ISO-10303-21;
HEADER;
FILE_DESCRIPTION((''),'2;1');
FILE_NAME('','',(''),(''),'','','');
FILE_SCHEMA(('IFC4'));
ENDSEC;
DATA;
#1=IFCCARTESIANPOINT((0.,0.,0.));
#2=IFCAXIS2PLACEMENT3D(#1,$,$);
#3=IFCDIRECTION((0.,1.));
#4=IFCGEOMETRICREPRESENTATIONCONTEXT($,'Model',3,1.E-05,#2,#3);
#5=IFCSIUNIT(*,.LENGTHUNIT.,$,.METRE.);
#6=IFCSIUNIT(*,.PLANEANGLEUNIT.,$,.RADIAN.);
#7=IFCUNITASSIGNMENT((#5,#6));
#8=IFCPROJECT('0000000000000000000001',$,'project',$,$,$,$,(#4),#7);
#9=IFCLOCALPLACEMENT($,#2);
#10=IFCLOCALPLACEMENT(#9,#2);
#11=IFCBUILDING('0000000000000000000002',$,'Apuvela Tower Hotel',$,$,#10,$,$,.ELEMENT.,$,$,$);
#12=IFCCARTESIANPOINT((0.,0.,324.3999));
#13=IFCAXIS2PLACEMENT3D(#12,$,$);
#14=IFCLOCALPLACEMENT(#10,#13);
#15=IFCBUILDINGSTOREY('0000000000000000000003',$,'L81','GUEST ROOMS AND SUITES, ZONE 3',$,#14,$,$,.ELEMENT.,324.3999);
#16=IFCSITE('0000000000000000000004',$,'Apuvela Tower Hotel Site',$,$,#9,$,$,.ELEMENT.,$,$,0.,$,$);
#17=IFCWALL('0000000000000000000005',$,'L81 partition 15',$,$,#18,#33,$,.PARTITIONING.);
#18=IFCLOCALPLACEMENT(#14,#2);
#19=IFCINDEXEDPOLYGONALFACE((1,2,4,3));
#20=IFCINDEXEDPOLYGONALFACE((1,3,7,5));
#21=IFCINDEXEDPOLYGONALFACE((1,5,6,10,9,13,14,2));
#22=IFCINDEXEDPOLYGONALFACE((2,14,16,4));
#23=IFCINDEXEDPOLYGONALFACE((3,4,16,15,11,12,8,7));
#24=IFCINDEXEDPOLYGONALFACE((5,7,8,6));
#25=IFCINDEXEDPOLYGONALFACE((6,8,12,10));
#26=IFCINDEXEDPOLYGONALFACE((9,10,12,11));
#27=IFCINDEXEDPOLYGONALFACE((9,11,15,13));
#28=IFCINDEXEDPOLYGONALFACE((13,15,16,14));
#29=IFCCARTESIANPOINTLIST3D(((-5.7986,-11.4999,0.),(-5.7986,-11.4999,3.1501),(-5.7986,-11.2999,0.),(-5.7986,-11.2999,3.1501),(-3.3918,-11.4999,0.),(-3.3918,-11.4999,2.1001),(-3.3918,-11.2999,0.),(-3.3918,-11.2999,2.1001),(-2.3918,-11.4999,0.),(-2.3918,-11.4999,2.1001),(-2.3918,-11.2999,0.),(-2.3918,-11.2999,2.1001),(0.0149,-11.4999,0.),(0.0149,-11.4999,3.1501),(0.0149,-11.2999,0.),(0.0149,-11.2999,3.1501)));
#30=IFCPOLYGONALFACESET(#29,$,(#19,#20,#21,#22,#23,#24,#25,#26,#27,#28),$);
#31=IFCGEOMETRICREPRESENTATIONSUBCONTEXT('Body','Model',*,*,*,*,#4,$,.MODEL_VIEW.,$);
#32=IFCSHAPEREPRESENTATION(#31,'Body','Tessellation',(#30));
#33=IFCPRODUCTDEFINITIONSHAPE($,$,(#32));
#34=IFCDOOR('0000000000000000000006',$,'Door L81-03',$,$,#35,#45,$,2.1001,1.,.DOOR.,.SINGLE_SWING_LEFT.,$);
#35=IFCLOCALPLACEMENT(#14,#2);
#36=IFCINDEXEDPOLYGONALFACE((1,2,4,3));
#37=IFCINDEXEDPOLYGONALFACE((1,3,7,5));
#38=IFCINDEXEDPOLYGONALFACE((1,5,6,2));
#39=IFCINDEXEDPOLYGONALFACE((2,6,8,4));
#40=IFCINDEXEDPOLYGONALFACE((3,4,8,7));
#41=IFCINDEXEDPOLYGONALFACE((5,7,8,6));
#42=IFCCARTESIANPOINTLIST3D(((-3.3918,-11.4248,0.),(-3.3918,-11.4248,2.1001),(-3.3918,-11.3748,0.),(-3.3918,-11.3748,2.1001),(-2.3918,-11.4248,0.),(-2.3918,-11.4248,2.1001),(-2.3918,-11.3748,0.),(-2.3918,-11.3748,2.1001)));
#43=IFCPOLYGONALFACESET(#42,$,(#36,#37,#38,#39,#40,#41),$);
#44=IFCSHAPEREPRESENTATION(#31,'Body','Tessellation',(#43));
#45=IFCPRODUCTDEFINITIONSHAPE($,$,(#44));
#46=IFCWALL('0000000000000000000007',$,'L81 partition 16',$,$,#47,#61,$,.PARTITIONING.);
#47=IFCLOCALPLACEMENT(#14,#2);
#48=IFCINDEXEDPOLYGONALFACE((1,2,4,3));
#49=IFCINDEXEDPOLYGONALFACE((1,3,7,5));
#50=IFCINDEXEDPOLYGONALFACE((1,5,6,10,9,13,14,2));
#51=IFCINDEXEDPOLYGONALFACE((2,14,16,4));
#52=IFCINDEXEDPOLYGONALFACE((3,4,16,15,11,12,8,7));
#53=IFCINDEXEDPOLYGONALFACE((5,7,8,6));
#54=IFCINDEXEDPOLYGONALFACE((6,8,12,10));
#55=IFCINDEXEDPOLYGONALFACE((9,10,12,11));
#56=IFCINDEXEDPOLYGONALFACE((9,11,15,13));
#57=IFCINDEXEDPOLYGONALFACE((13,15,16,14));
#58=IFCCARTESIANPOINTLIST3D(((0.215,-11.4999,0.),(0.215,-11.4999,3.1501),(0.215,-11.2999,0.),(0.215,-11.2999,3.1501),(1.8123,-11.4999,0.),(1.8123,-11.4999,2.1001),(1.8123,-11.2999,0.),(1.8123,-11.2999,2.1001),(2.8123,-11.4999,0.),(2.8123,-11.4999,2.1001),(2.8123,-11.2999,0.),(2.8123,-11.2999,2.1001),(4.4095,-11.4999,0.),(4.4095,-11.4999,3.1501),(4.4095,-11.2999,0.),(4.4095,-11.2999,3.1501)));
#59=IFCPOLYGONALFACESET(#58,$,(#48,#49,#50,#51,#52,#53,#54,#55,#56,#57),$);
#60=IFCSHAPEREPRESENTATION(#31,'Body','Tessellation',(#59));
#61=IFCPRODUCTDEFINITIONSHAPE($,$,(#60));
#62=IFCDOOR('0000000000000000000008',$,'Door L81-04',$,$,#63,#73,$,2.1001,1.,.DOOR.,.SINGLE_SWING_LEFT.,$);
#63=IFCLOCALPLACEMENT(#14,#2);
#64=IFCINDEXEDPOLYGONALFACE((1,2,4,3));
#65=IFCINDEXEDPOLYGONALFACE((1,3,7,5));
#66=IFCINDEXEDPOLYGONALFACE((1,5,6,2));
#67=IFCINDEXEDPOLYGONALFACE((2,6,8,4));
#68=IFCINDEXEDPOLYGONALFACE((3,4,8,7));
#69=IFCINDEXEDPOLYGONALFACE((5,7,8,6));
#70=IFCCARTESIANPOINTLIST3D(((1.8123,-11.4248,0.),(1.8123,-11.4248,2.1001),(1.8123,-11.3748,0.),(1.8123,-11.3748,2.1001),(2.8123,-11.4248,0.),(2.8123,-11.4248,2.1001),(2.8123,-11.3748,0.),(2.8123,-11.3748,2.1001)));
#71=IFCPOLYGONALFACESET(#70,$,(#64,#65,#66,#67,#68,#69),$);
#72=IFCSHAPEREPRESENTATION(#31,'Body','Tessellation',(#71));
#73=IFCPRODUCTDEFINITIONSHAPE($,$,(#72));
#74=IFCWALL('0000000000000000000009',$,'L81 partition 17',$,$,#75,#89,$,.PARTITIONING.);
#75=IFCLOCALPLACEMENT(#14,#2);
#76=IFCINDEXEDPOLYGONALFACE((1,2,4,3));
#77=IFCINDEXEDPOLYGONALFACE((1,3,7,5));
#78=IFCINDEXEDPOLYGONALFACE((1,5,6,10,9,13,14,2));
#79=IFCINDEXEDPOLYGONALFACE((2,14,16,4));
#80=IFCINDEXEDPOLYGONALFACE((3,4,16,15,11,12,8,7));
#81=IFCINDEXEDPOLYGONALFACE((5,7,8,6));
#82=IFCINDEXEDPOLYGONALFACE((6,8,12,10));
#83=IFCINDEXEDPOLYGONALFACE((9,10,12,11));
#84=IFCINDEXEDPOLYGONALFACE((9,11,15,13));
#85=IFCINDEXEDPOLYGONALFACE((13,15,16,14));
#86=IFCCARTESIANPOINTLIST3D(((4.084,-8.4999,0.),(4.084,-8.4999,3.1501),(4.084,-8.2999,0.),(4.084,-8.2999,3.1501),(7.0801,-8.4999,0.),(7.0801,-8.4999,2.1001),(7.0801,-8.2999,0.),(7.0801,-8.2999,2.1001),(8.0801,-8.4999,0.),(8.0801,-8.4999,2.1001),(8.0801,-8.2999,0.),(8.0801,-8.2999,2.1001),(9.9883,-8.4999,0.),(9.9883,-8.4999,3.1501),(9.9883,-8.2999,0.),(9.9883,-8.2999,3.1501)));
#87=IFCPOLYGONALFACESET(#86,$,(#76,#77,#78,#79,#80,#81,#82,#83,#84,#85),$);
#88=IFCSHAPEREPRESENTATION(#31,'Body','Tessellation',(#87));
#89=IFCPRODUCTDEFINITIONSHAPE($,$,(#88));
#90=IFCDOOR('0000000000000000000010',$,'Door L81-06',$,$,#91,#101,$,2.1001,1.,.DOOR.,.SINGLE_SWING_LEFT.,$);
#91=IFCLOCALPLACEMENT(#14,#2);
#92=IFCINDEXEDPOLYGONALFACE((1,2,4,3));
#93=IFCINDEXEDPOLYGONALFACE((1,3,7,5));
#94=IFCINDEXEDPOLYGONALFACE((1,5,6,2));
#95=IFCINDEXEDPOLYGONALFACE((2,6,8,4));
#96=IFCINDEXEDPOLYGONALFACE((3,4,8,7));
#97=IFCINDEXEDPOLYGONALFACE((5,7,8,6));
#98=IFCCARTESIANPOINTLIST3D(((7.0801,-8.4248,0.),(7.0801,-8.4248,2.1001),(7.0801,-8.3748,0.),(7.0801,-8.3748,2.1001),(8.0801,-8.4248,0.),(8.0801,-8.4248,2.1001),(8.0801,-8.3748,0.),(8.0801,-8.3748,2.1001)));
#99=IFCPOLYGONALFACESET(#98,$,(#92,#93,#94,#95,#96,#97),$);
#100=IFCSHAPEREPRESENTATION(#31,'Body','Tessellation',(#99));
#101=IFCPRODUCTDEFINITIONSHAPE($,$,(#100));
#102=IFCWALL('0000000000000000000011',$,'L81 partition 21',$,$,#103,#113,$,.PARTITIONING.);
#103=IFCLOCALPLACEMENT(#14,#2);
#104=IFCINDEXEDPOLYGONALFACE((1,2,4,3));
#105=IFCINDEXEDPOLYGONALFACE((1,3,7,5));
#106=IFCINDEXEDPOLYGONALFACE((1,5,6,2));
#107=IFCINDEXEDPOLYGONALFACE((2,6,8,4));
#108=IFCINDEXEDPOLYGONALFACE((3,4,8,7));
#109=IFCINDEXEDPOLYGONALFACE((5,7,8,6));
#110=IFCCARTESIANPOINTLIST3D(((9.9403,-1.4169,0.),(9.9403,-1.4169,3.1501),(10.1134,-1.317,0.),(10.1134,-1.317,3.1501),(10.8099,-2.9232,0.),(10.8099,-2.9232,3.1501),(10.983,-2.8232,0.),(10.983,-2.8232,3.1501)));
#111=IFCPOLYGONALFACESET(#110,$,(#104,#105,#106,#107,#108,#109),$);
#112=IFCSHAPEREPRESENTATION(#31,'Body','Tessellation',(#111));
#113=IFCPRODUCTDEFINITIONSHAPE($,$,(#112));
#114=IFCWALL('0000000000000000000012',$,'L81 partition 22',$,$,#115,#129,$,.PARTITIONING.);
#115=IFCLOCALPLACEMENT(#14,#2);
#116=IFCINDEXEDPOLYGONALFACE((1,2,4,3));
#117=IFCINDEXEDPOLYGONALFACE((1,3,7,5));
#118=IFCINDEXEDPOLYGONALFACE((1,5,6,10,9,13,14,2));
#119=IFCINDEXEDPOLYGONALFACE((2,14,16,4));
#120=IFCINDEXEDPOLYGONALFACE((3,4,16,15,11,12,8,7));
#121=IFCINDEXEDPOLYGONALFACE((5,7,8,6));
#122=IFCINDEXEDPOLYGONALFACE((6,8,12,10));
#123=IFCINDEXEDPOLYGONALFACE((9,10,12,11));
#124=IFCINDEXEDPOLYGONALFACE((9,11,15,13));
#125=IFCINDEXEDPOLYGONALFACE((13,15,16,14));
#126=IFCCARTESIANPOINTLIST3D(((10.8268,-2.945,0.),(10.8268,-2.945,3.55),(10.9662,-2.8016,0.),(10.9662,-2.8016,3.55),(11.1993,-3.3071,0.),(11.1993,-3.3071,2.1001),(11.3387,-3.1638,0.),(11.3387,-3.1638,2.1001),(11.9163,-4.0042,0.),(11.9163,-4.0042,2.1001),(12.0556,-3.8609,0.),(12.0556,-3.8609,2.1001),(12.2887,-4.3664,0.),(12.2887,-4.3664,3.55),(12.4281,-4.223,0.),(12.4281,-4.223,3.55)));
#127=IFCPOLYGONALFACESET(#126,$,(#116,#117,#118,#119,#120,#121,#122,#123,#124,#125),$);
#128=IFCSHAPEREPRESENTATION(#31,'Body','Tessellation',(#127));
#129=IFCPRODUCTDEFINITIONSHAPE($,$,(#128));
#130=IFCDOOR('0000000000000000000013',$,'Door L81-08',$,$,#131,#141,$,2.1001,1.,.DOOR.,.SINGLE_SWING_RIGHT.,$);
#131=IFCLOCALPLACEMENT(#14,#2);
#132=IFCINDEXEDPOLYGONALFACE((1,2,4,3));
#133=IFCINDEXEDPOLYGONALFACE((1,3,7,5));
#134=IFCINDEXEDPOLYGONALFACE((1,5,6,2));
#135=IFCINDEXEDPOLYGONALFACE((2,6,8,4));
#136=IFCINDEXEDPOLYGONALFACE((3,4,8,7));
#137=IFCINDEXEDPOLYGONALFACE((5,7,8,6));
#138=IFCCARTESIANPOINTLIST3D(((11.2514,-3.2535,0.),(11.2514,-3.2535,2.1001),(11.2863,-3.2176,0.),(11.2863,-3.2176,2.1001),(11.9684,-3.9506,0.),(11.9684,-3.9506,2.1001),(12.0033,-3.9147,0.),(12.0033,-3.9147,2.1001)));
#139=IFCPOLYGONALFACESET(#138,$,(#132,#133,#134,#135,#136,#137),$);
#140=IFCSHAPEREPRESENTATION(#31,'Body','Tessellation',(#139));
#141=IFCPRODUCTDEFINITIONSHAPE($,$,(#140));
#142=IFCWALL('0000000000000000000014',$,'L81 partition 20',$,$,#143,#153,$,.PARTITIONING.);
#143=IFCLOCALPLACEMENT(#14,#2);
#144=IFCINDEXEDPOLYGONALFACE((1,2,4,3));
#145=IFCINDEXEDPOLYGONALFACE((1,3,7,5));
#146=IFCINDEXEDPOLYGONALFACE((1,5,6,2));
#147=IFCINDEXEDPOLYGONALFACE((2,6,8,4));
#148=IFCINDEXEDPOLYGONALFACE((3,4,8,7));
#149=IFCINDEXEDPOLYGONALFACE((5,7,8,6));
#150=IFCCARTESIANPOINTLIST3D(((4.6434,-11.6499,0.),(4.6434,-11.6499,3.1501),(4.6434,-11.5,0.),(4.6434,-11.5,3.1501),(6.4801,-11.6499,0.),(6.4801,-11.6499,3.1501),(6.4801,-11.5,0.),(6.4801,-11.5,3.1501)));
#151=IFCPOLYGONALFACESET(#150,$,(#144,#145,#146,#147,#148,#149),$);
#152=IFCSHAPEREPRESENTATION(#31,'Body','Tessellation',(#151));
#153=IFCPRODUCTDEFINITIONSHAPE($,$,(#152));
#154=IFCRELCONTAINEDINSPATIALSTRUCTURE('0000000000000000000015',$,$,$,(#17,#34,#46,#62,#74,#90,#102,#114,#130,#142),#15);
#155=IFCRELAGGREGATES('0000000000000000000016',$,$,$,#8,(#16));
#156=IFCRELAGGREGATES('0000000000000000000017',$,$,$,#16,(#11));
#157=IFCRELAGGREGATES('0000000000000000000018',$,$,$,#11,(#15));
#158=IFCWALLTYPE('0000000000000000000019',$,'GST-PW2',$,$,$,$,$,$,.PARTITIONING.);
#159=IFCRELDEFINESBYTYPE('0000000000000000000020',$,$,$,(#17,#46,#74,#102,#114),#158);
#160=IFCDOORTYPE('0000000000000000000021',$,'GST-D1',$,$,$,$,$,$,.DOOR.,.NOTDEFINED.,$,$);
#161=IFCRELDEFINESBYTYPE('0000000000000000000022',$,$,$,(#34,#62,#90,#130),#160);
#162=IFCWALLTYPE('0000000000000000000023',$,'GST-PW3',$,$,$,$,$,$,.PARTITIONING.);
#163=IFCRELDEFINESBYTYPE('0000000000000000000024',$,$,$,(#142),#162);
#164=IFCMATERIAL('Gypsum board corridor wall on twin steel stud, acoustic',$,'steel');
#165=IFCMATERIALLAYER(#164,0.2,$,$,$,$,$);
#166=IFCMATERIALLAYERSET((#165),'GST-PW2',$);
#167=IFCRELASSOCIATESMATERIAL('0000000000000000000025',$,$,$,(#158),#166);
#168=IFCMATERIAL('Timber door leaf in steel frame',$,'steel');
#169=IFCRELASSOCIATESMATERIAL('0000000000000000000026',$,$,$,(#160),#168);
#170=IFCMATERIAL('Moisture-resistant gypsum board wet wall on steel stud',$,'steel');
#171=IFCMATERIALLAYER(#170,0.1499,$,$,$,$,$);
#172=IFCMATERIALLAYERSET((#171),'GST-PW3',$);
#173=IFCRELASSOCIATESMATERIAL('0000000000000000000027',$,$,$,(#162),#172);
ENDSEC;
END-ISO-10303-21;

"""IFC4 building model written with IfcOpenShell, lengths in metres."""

from ifc_helpers import new_model, si_unit, direction, frame, frame_2d, origin, place, context, subcontext, project, spatial, rectangle, extrude, material, layer, layer_set, type_object, element, fill, save


model = new_model("IFC4")

# Units and contexts
model_context = context("Model", 3, precision=1e-05, world=origin(), true_north=direction((0.0, 1.0)))
body_context = subcontext(model_context, "Body", "Model", "MODEL_VIEW")
ifc_project = project(units=[si_unit("LENGTHUNIT", "METRE"), si_unit("PLANEANGLEUNIT", "RADIAN")], contexts=[model_context])

# Site, building, storey
site_placement = place(None, origin())
site = spatial("IfcSite", under=ifc_project, at=site_placement, Name="Apuvela Tower Hotel Site", CompositionType="ELEMENT", RefElevation=0.0)
building_placement = place(site_placement, origin())
building = spatial("IfcBuilding", under=site, at=building_placement, Name="Apuvela Tower Hotel", CompositionType="ELEMENT")
storey_placement = place(building_placement, frame((0.0, 0.0, 324.3999)))
storey = spatial("IfcBuildingStorey", under=building, at=storey_placement, Name="L81", Description="GUEST ROOMS AND SUITES, ZONE 3", CompositionType="ELEMENT", Elevation=324.3999)

# Walls, openings, doors
ifc_material_1 = material(Name="Gypsum board corridor wall on twin steel stud, acoustic", Category="steel")
ifc_layer_1 = layer(ifc_material_1, 0.2)
ifc_layer_set_1 = layer_set([ifc_layer_1], Name="GST-PW2")
wall_type_1 = type_object("IfcWallType", Name="GST-PW2", PredefinedType="PARTITIONING", material=ifc_layer_set_1)
wall_1_placement = place(storey_placement, frame((0.0149, -11.3999, 0.0), z_axis=(0.0, 0.0, 1.0), x_axis=(-1.0, 0.0, 0.0)))
wall_1 = element("IfcWall", 1, at=wall_1_placement, inside=storey, type_object=wall_type_1, Name="L81 partition 15", PredefinedType="PARTITIONING", context=body_context, shape_type="SweptSolid", body=[
    extrude(rectangle(XDim=5.8135, YDim=0.2, at=frame_2d((2.9067, 0.0))), origin(), (0.0, 0.0, 1.0), 3.1501),
])
opening_1_placement = place(wall_1_placement, frame((2.4067, 0.0, 0.0)))
opening_1 = element("IfcOpeningElement", 2, at=opening_1_placement, cuts=wall_1, PredefinedType="OPENING", context=body_context, shape_type="SweptSolid", body=[
    extrude(rectangle(XDim=1.0, YDim=2.1001, at=frame_2d((0.5, 1.05))), frame((0.0, 0.1099, 0.0), z_axis=(0.0, -1.0, 0.0), x_axis=(1.0, 0.0, 0.0)), (0.0, 0.0, 1.0), 0.22),
])
ifc_material_2 = material(Name="Timber door leaf in steel frame", Category="steel")
door_type_1 = type_object("IfcDoorType", Name="GST-D1", OperationType="NOTDEFINED", PredefinedType="DOOR", material=ifc_material_2)
door_1_placement = place(opening_1_placement, origin())
door_1 = element("IfcDoor", 3, at=door_1_placement, inside=storey, type_object=door_type_1, Name="Door L81-03", OperationType="SINGLE_SWING_LEFT", OverallHeight=2.1001, OverallWidth=1.0, PredefinedType="DOOR", context=body_context, shape_type="SweptSolid", body=[
    extrude(rectangle(XDim=1.0, YDim=2.1001, at=frame_2d((0.5, 1.05))), frame((0.0, 0.0249, 0.0), z_axis=(0.0, -1.0, 0.0), x_axis=(1.0, 0.0, 0.0)), (0.0, 0.0, 1.0), 0.05),
])
fill(opening_1, door_1)
wall_2_placement = place(storey_placement, frame((4.4094, -11.3999, 0.0), z_axis=(0.0, 0.0, 1.0), x_axis=(-1.0, 0.0, 0.0)))
wall_2 = element("IfcWall", 4, at=wall_2_placement, inside=storey, type_object=wall_type_1, Name="L81 partition 16", PredefinedType="PARTITIONING", context=body_context, shape_type="SweptSolid", body=[
    extrude(rectangle(XDim=4.1946, YDim=0.2, at=frame_2d((2.0972, 0.0))), origin(), (0.0, 0.0, 1.0), 3.1501),
])
opening_2_placement = place(wall_2_placement, frame((1.5972, 0.0, 0.0)))
opening_2 = element("IfcOpeningElement", 5, at=opening_2_placement, cuts=wall_2, PredefinedType="OPENING", context=body_context, shape_type="SweptSolid", body=[
    extrude(rectangle(XDim=1.0, YDim=2.1001, at=frame_2d((0.5, 1.05))), frame((0.0, 0.1099, 0.0), z_axis=(0.0, -1.0, 0.0), x_axis=(1.0, 0.0, 0.0)), (0.0, 0.0, 1.0), 0.22),
])
door_2_placement = place(opening_2_placement, origin())
door_2 = element("IfcDoor", 6, at=door_2_placement, inside=storey, type_object=door_type_1, Name="Door L81-04", OperationType="SINGLE_SWING_LEFT", OverallHeight=2.1001, OverallWidth=1.0, PredefinedType="DOOR", context=body_context, shape_type="SweptSolid", body=[
    extrude(rectangle(XDim=1.0, YDim=2.1001, at=frame_2d((0.5, 1.05))), frame((0.0, 0.0249, 0.0), z_axis=(0.0, -1.0, 0.0), x_axis=(1.0, 0.0, 0.0)), (0.0, 0.0, 1.0), 0.05),
])
fill(opening_2, door_2)
wall_3_placement = place(storey_placement, frame((9.9883, -8.3999, 0.0), z_axis=(0.0, 0.0, 1.0), x_axis=(-1.0, 0.0, 0.0)))
wall_3 = element("IfcWall", 7, at=wall_3_placement, inside=storey, type_object=wall_type_1, Name="L81 partition 17", PredefinedType="PARTITIONING", context=body_context, shape_type="SweptSolid", body=[
    extrude(rectangle(XDim=5.9043, YDim=0.2, at=frame_2d((2.9521, 0.0))), origin(), (0.0, 0.0, 1.0), 3.1501),
])
opening_3_placement = place(wall_3_placement, frame((1.9082, 0.0, 0.0)))
opening_3 = element("IfcOpeningElement", 8, at=opening_3_placement, cuts=wall_3, PredefinedType="OPENING", context=body_context, shape_type="SweptSolid", body=[
    extrude(rectangle(XDim=1.0, YDim=2.1001, at=frame_2d((0.5, 1.05))), frame((0.0, 0.1099, 0.0), z_axis=(0.0, -1.0, 0.0), x_axis=(1.0, 0.0, 0.0)), (0.0, 0.0, 1.0), 0.22),
])
door_3_placement = place(opening_3_placement, origin())
door_3 = element("IfcDoor", 9, at=door_3_placement, inside=storey, type_object=door_type_1, Name="Door L81-06", OperationType="SINGLE_SWING_LEFT", OverallHeight=2.1001, OverallWidth=1.0, PredefinedType="DOOR", context=body_context, shape_type="SweptSolid", body=[
    extrude(rectangle(XDim=1.0, YDim=2.1001, at=frame_2d((0.5, 1.05))), frame((0.0, 0.0249, 0.0), z_axis=(0.0, -1.0, 0.0), x_axis=(1.0, 0.0, 0.0)), (0.0, 0.0, 1.0), 0.05),
])
fill(opening_3, door_3)

# Wall
wall_4_placement = place(storey_placement, frame((10.0269, -1.3669, 0.0), z_axis=(0.0, 0.0, 1.0), x_axis=(0.499974, -0.866041, 0.0)))
element("IfcWall", 10, at=wall_4_placement, inside=storey, type_object=wall_type_1, Name="L81 partition 21", PredefinedType="PARTITIONING", context=body_context, shape_type="SweptSolid", body=[
    extrude(rectangle(XDim=1.7393, YDim=0.2, at=frame_2d((0.8696, 0.0))), origin(), (0.0, 0.0, 1.0), 3.1501),
])

# Wall, opening, door
wall_5_placement = place(storey_placement, frame((10.8965, -2.8733, 0.0), z_axis=(0.0, 0.0, 1.0), x_axis=(0.716975, -0.697099, 0.0)))
wall_5 = element("IfcWall", 11, at=wall_5_placement, inside=storey, type_object=wall_type_1, Name="L81 partition 22", PredefinedType="PARTITIONING", context=body_context, shape_type="SweptSolid", body=[
    extrude(rectangle(XDim=2.0391, YDim=0.2, at=frame_2d((1.0195, 0.0))), origin(), (0.0, 0.0, 1.0), 3.55),
])
opening_4_placement = place(wall_5_placement, frame((0.5195, 0.0, 0.0)))
opening_4 = element("IfcOpeningElement", 12, at=opening_4_placement, cuts=wall_5, PredefinedType="OPENING", context=body_context, shape_type="SweptSolid", body=[
    extrude(rectangle(XDim=1.0, YDim=2.1001, at=frame_2d((0.5, 1.05))), frame((0.0, 0.1099, 0.0), z_axis=(0.0, -1.0, 0.0), x_axis=(1.0, 0.0, 0.0)), (0.0, 0.0, 1.0), 0.22),
])
door_4_placement = place(opening_4_placement, origin())
door_4 = element("IfcDoor", 13, at=door_4_placement, inside=storey, type_object=door_type_1, Name="Door L81-08", OperationType="SINGLE_SWING_RIGHT", OverallHeight=2.1001, OverallWidth=1.0, PredefinedType="DOOR", context=body_context, shape_type="SweptSolid", body=[
    extrude(rectangle(XDim=1.0, YDim=2.1001, at=frame_2d((0.5, 1.05))), frame((0.0, 0.0249, 0.0), z_axis=(0.0, -1.0, 0.0), x_axis=(1.0, 0.0, 0.0)), (0.0, 0.0, 1.0), 0.05),
])
fill(opening_4, door_4)

# Wall
ifc_material_3 = material(Name="Moisture-resistant gypsum board wet wall on steel stud", Category="steel")
ifc_layer_2 = layer(ifc_material_3, 0.1499)
ifc_layer_set_2 = layer_set([ifc_layer_2], Name="GST-PW3")
wall_type_2 = type_object("IfcWallType", Name="GST-PW3", PredefinedType="PARTITIONING", material=ifc_layer_set_2)
wall_6_placement = place(storey_placement, frame((4.6433, -11.575, 0.0), z_axis=(0.0, 0.0, 1.0), x_axis=(1.0, 0.0, 0.0)))
element("IfcWall", 14, at=wall_6_placement, inside=storey, type_object=wall_type_2, Name="L81 partition 20", PredefinedType="PARTITIONING", context=body_context, shape_type="SweptSolid", body=[
    extrude(rectangle(XDim=1.8367, YDim=0.1499, at=frame_2d((0.9185, 0.0))), origin(), (0.0, 0.0, 1.0), 3.1501),
])

save(model, "model.ifc")
